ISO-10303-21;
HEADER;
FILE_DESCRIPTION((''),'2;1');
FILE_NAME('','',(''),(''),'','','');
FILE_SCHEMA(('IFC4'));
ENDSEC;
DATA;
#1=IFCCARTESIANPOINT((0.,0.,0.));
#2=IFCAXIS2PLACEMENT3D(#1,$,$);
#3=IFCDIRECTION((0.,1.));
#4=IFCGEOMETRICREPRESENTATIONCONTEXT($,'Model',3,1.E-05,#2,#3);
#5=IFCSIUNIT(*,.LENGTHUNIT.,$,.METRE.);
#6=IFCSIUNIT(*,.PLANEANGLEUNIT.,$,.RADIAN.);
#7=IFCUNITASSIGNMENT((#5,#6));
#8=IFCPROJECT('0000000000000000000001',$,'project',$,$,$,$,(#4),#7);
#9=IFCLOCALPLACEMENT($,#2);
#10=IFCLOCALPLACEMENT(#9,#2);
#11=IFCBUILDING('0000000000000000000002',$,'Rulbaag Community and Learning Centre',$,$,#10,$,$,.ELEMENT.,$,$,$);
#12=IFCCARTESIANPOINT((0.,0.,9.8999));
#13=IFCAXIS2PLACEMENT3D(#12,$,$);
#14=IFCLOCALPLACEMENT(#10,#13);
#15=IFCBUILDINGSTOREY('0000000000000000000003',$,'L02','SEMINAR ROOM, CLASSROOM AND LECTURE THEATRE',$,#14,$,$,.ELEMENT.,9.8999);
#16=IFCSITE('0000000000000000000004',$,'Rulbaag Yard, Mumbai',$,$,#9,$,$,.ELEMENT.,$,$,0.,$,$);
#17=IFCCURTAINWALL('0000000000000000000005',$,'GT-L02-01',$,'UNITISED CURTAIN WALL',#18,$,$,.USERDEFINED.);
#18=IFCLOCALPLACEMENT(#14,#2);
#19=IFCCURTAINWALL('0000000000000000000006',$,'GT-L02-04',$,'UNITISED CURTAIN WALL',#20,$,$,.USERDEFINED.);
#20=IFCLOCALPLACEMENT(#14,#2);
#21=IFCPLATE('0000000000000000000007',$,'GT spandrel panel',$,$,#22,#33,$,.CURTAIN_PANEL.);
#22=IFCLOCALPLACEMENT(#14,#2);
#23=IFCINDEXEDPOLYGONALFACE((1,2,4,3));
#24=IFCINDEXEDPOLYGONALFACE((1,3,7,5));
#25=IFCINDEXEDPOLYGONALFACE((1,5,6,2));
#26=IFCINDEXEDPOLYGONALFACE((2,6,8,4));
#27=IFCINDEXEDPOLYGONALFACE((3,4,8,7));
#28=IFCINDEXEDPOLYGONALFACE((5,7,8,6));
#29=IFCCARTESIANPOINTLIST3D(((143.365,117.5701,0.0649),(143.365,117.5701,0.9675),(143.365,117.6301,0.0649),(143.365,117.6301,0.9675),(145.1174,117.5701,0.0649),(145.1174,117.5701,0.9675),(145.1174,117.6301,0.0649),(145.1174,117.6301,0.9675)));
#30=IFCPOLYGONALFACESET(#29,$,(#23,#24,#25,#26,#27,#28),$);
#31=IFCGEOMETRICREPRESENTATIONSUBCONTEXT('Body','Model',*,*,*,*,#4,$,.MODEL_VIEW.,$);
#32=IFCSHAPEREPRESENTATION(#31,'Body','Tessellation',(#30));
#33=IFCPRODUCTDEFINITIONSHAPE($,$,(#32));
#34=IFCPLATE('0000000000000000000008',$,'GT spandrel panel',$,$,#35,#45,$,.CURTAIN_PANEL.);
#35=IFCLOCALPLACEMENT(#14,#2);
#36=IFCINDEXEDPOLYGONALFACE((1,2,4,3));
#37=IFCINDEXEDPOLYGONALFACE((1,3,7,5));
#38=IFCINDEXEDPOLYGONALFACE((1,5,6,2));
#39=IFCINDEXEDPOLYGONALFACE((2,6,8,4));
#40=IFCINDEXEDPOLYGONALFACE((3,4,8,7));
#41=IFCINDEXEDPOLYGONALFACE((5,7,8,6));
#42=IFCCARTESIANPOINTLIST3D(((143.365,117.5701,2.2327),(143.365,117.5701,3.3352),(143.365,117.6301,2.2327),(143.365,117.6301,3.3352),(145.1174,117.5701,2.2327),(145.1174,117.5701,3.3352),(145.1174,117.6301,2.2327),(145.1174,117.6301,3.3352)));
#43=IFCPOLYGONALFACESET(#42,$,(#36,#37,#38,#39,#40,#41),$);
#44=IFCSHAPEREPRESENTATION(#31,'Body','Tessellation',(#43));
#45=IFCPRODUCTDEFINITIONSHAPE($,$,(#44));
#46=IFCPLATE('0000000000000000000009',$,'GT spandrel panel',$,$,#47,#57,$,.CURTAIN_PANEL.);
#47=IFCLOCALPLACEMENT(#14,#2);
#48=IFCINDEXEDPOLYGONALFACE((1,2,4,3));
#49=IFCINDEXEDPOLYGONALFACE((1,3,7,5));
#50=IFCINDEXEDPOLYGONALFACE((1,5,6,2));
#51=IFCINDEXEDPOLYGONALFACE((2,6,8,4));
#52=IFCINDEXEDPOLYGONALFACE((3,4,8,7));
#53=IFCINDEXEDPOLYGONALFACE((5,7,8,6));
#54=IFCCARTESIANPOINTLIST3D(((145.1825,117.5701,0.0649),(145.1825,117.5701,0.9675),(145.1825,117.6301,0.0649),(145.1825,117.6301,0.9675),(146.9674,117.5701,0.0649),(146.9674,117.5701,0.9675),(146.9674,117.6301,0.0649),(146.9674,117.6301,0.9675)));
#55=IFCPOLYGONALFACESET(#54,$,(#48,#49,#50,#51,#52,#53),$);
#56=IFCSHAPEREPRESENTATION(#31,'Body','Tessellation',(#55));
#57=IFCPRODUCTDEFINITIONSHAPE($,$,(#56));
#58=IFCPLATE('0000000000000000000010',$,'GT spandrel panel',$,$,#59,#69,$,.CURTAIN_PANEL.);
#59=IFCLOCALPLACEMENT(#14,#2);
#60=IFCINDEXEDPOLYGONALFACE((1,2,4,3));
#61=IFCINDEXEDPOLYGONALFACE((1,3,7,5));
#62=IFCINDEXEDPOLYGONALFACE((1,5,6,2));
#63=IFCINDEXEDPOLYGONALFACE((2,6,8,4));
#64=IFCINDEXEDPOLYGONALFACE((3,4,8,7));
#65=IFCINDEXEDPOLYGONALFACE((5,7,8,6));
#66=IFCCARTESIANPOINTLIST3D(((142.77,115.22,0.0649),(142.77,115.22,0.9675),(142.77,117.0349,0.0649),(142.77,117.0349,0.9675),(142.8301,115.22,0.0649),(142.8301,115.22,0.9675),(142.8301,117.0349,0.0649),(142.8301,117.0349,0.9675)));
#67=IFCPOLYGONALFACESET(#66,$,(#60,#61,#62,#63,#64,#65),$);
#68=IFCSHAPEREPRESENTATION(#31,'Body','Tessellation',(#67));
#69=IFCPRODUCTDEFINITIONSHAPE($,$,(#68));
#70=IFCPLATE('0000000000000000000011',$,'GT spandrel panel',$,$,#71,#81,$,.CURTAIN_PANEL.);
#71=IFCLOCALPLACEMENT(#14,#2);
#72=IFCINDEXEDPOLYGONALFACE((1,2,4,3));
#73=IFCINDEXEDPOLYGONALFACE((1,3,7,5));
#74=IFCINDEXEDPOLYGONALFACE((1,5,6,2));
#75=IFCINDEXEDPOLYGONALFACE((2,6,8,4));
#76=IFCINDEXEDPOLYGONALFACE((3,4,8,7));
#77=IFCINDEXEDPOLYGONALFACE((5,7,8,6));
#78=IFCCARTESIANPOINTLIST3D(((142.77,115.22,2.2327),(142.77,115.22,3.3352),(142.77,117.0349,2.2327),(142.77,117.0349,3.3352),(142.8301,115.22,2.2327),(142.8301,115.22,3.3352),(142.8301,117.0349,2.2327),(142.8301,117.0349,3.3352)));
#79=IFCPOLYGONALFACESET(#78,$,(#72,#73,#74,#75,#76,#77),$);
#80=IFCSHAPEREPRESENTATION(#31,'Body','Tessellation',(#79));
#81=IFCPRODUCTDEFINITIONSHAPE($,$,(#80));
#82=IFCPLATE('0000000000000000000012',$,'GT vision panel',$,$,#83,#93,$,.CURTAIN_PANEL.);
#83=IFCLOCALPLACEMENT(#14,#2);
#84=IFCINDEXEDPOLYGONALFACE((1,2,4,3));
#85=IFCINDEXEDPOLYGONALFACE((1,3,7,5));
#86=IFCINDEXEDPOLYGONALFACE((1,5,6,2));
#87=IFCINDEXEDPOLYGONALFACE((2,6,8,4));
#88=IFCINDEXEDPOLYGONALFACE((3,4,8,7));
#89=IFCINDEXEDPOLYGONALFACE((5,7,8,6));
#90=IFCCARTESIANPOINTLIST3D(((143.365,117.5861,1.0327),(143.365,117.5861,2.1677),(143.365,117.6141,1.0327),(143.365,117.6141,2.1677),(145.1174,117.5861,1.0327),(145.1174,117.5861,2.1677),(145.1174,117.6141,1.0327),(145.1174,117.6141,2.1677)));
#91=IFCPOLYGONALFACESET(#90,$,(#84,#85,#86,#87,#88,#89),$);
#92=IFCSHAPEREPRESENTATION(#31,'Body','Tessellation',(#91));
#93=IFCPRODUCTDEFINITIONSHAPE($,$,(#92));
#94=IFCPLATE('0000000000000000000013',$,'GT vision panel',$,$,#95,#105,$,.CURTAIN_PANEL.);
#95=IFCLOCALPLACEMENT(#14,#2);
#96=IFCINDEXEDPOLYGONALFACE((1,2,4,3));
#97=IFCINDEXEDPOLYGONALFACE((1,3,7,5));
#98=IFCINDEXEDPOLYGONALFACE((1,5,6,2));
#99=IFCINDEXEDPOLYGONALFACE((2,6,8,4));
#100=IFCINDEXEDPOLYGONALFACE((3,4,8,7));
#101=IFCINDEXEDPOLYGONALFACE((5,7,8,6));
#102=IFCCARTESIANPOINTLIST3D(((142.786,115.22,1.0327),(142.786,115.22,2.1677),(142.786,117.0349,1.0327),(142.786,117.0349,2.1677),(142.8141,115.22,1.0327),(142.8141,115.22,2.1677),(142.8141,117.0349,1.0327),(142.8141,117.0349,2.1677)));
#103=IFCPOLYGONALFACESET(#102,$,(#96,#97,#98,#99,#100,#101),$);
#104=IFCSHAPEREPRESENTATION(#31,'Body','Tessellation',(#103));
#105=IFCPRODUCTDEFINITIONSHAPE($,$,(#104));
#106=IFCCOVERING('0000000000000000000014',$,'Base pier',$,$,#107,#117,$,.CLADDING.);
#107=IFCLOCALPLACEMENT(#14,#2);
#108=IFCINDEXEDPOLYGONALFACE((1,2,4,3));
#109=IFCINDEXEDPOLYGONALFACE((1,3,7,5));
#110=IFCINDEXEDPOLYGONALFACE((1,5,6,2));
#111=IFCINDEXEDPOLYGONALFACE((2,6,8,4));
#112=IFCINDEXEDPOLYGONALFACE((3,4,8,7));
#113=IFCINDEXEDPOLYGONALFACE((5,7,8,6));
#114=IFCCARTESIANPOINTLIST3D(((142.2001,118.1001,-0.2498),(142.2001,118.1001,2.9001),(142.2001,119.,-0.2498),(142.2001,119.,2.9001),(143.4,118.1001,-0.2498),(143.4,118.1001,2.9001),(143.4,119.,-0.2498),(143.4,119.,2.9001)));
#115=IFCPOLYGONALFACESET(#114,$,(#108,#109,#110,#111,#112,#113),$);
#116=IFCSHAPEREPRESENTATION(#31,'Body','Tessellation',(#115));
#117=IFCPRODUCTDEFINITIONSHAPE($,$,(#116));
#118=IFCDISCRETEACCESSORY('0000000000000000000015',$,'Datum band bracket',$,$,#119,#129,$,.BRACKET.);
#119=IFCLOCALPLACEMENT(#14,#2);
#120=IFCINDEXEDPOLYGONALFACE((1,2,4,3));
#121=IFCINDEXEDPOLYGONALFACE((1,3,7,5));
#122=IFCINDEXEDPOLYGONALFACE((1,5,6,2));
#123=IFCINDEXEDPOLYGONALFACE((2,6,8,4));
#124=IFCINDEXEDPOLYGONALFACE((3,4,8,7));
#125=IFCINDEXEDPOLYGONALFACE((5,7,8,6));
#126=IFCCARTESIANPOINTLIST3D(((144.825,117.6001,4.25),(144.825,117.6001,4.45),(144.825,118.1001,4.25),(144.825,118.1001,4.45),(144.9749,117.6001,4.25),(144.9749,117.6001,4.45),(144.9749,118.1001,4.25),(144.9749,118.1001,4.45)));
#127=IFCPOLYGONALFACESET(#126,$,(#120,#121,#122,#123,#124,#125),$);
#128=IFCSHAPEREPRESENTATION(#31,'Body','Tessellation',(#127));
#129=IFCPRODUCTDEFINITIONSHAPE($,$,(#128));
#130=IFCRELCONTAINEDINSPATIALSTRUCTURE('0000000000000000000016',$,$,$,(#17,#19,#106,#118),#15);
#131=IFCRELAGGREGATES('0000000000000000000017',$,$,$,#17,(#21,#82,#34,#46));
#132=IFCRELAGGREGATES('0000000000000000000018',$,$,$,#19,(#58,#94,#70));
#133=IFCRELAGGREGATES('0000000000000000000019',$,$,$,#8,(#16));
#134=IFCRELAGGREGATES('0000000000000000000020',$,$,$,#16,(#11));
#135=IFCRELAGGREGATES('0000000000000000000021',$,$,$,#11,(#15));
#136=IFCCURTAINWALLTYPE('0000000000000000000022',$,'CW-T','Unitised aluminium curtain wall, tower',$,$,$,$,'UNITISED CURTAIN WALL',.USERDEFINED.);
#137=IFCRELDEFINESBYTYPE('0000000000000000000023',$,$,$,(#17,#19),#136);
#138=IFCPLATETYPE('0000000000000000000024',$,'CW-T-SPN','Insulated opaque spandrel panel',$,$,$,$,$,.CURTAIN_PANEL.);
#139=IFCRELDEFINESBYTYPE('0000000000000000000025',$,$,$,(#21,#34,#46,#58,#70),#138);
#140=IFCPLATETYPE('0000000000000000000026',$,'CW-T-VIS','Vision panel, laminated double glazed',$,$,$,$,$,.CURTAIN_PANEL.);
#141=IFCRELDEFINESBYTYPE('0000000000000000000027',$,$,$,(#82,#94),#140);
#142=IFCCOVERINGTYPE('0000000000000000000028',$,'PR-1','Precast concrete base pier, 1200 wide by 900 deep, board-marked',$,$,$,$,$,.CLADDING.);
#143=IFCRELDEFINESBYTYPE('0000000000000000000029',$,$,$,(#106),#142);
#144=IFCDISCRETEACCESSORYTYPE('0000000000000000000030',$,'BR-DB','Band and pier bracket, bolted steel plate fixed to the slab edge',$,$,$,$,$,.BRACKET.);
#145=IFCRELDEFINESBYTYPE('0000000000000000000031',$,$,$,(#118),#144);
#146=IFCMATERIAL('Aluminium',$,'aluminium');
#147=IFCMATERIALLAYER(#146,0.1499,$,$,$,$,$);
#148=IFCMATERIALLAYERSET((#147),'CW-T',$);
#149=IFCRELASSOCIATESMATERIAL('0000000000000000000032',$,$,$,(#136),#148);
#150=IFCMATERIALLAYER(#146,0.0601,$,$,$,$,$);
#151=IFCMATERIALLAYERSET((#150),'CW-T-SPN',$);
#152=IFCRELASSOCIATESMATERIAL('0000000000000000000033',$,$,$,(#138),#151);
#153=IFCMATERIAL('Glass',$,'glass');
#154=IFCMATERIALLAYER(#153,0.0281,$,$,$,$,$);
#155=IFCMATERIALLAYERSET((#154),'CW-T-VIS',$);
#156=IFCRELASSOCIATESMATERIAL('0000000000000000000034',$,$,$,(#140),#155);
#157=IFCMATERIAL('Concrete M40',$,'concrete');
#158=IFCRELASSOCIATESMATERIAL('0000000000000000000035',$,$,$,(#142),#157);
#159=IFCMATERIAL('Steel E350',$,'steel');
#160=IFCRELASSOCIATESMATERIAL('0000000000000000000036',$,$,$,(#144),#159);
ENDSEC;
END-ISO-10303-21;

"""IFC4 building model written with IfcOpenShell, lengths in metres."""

from ifc_helpers import new_model, si_unit, direction, frame, origin, origin_2d, place, context, subcontext, project, spatial, rectangle, extrude, material, layer, layer_set, type_object, element, aggregate, save


model = new_model("IFC4")

# Units and contexts
model_context = context("Model", 3, precision=1e-05, world=origin(), true_north=direction((0.0, 1.0)))
body_context = subcontext(model_context, "Body", "Model", "MODEL_VIEW")
ifc_project = project(units=[si_unit("LENGTHUNIT", "METRE"), si_unit("PLANEANGLEUNIT", "RADIAN")], contexts=[model_context])

# Site, building, storey
site_placement = place(None, origin())
site = spatial("IfcSite", under=ifc_project, at=site_placement, Name="Rulbaag Yard, Mumbai", CompositionType="ELEMENT", RefElevation=0.0)
building_placement = place(site_placement, origin())
building = spatial("IfcBuilding", under=site, at=building_placement, Name="Rulbaag Community and Learning Centre", CompositionType="ELEMENT")
storey_placement = place(building_placement, frame((0.0, 0.0, 9.8999)))
storey = spatial("IfcBuildingStorey", under=building, at=storey_placement, Name="L02", Description="SEMINAR ROOM, CLASSROOM AND LECTURE THEATRE", CompositionType="ELEMENT", Elevation=9.8999)

# Shared definitions
ifc_material_1 = material(Name="Concrete M40", Category="concrete")

# Curtain wall
ifc_material_2 = material(Name="Aluminium", Category="aluminium")
ifc_layer_1 = layer(ifc_material_2, 0.1499)
ifc_layer_set_1 = layer_set([ifc_layer_1], Name="CW-T")
curtain_wall_type = type_object("IfcCurtainWallType", Name="CW-T", Description="Unitised aluminium curtain wall, tower", ElementType="UNITISED CURTAIN WALL", PredefinedType="USERDEFINED", material=ifc_layer_set_1)
curtain_wall_1_placement = place(storey_placement, origin())
curtain_wall_1 = element("IfcCurtainWall", 1, at=curtain_wall_1_placement, inside=storey, type_object=curtain_wall_type, Name="GT-L02-01", ObjectType="UNITISED CURTAIN WALL", PredefinedType="USERDEFINED")

# Curtain wall
curtain_wall_2_placement = place(storey_placement, origin())
curtain_wall_2 = element("IfcCurtainWall", 2, at=curtain_wall_2_placement, inside=storey, type_object=curtain_wall_type, Name="GT-L02-04", ObjectType="UNITISED CURTAIN WALL", PredefinedType="USERDEFINED")

# Plates
ifc_layer_2 = layer(ifc_material_2, 0.0601)
ifc_layer_set_2 = layer_set([ifc_layer_2], Name="CW-T-SPN")
plate_type_1 = type_object("IfcPlateType", Name="CW-T-SPN", Description="Insulated opaque spandrel panel", PredefinedType="CURTAIN_PANEL", material=ifc_layer_set_2)
plate_1_placement = place(storey_placement, frame((144.2412, 117.6001, 0.0649), z_axis=(0.0, 0.0, 1.0), x_axis=(1.0, 0.0, 0.0)))
plate_1 = element("IfcPlate", 3, at=plate_1_placement, type_object=plate_type_1, Name="GT spandrel panel", PredefinedType="CURTAIN_PANEL", context=body_context, shape_type="SweptSolid", body=[
    extrude(rectangle(XDim=1.7524, YDim=0.0601, at=origin_2d()), origin(), (0.0, 0.0, 1.0), 0.9026),
])
plate_2_placement = place(storey_placement, frame((144.2412, 117.6001, 2.2327), z_axis=(0.0, 0.0, 1.0), x_axis=(1.0, 0.0, 0.0)))
plate_2 = element("IfcPlate", 4, at=plate_2_placement, type_object=plate_type_1, Name="GT spandrel panel", PredefinedType="CURTAIN_PANEL", context=body_context, shape_type="SweptSolid", body=[
    extrude(rectangle(XDim=1.7524, YDim=0.0601, at=origin_2d()), origin(), (0.0, 0.0, 1.0), 1.1025),
])
plate_3_placement = place(storey_placement, frame((146.075, 117.6001, 0.0649), z_axis=(0.0, 0.0, 1.0), x_axis=(1.0, 0.0, 0.0)))
plate_3 = element("IfcPlate", 5, at=plate_3_placement, type_object=plate_type_1, Name="GT spandrel panel", PredefinedType="CURTAIN_PANEL", context=body_context, shape_type="SweptSolid", body=[
    extrude(rectangle(XDim=1.7849, YDim=0.0601, at=origin_2d()), origin(), (0.0, 0.0, 1.0), 0.9026),
])
plate_4_placement = place(storey_placement, frame((142.8, 116.1274, 0.0649), z_axis=(0.0, 0.0, 1.0), x_axis=(0.0, 1.0, 0.0)))
plate_4 = element("IfcPlate", 6, at=plate_4_placement, type_object=plate_type_1, Name="GT spandrel panel", PredefinedType="CURTAIN_PANEL", context=body_context, shape_type="SweptSolid", body=[
    extrude(rectangle(XDim=1.8149, YDim=0.0601, at=origin_2d()), origin(), (0.0, 0.0, 1.0), 0.9026),
])
plate_5_placement = place(storey_placement, frame((142.8, 116.1274, 2.2327), z_axis=(0.0, 0.0, 1.0), x_axis=(0.0, 1.0, 0.0)))
plate_5 = element("IfcPlate", 7, at=plate_5_placement, type_object=plate_type_1, Name="GT spandrel panel", PredefinedType="CURTAIN_PANEL", context=body_context, shape_type="SweptSolid", body=[
    extrude(rectangle(XDim=1.8149, YDim=0.0601, at=origin_2d()), origin(), (0.0, 0.0, 1.0), 1.1025),
])
ifc_material_3 = material(Name="Glass", Category="glass")
ifc_layer_3 = layer(ifc_material_3, 0.0281)
ifc_layer_set_3 = layer_set([ifc_layer_3], Name="CW-T-VIS")
plate_type_2 = type_object("IfcPlateType", Name="CW-T-VIS", Description="Vision panel, laminated double glazed", PredefinedType="CURTAIN_PANEL", material=ifc_layer_set_3)
plate_6_placement = place(storey_placement, frame((144.2412, 117.6001, 1.0327), z_axis=(0.0, 0.0, 1.0), x_axis=(1.0, 0.0, 0.0)))
plate_6 = element("IfcPlate", 8, at=plate_6_placement, type_object=plate_type_2, Name="GT vision panel", PredefinedType="CURTAIN_PANEL", context=body_context, shape_type="SweptSolid", body=[
    extrude(rectangle(XDim=1.7524, YDim=0.0281, at=origin_2d()), origin(), (0.0, 0.0, 1.0), 1.135),
])
aggregate(curtain_wall_1, [plate_1, plate_6, plate_2, plate_3])
plate_7_placement = place(storey_placement, frame((142.8, 116.1274, 1.0327), z_axis=(0.0, 0.0, 1.0), x_axis=(0.0, 1.0, 0.0)))
plate_7 = element("IfcPlate", 9, at=plate_7_placement, type_object=plate_type_2, Name="GT vision panel", PredefinedType="CURTAIN_PANEL", context=body_context, shape_type="SweptSolid", body=[
    extrude(rectangle(XDim=1.8149, YDim=0.0281, at=origin_2d()), origin(), (0.0, 0.0, 1.0), 1.135),
])
aggregate(curtain_wall_2, [plate_4, plate_7, plate_5])

# Covering
covering_type = type_object("IfcCoveringType", Name="PR-1", Description="Precast concrete base pier, 1200 wide by 900 deep, board-marked", PredefinedType="CLADDING", material=ifc_material_1)
covering_placement = place(storey_placement, frame((142.8, 118.55, -0.2498), z_axis=(0.0, 0.0, 1.0), x_axis=(1.0, 0.0, 0.0)))
element("IfcCovering", 10, at=covering_placement, inside=storey, type_object=covering_type, Name="Base pier", PredefinedType="CLADDING", context=body_context, shape_type="SweptSolid", body=[
    extrude(rectangle(XDim=1.2, YDim=0.8999, at=origin_2d()), origin(), (0.0, 0.0, 1.0), 3.1499),
])

# Discrete accessory
ifc_material_4 = material(Name="Steel E350", Category="steel")
discrete_accessory_type = type_object("IfcDiscreteAccessoryType", Name="BR-DB", Description="Band and pier bracket, bolted steel plate fixed to the slab edge", PredefinedType="BRACKET", material=ifc_material_4)
discrete_accessory_placement = place(storey_placement, frame((144.8999, 117.8501, 4.25), z_axis=(0.0, 0.0, 1.0), x_axis=(1.0, 0.0, 0.0)))
element("IfcDiscreteAccessory", 11, at=discrete_accessory_placement, inside=storey, type_object=discrete_accessory_type, Name="Datum band bracket", PredefinedType="BRACKET", context=body_context, shape_type="SweptSolid", body=[
    extrude(rectangle(XDim=0.1499, YDim=0.5, at=origin_2d()), origin(), (0.0, 0.0, 1.0), 0.2),
])

save(model, "model.ifc")
